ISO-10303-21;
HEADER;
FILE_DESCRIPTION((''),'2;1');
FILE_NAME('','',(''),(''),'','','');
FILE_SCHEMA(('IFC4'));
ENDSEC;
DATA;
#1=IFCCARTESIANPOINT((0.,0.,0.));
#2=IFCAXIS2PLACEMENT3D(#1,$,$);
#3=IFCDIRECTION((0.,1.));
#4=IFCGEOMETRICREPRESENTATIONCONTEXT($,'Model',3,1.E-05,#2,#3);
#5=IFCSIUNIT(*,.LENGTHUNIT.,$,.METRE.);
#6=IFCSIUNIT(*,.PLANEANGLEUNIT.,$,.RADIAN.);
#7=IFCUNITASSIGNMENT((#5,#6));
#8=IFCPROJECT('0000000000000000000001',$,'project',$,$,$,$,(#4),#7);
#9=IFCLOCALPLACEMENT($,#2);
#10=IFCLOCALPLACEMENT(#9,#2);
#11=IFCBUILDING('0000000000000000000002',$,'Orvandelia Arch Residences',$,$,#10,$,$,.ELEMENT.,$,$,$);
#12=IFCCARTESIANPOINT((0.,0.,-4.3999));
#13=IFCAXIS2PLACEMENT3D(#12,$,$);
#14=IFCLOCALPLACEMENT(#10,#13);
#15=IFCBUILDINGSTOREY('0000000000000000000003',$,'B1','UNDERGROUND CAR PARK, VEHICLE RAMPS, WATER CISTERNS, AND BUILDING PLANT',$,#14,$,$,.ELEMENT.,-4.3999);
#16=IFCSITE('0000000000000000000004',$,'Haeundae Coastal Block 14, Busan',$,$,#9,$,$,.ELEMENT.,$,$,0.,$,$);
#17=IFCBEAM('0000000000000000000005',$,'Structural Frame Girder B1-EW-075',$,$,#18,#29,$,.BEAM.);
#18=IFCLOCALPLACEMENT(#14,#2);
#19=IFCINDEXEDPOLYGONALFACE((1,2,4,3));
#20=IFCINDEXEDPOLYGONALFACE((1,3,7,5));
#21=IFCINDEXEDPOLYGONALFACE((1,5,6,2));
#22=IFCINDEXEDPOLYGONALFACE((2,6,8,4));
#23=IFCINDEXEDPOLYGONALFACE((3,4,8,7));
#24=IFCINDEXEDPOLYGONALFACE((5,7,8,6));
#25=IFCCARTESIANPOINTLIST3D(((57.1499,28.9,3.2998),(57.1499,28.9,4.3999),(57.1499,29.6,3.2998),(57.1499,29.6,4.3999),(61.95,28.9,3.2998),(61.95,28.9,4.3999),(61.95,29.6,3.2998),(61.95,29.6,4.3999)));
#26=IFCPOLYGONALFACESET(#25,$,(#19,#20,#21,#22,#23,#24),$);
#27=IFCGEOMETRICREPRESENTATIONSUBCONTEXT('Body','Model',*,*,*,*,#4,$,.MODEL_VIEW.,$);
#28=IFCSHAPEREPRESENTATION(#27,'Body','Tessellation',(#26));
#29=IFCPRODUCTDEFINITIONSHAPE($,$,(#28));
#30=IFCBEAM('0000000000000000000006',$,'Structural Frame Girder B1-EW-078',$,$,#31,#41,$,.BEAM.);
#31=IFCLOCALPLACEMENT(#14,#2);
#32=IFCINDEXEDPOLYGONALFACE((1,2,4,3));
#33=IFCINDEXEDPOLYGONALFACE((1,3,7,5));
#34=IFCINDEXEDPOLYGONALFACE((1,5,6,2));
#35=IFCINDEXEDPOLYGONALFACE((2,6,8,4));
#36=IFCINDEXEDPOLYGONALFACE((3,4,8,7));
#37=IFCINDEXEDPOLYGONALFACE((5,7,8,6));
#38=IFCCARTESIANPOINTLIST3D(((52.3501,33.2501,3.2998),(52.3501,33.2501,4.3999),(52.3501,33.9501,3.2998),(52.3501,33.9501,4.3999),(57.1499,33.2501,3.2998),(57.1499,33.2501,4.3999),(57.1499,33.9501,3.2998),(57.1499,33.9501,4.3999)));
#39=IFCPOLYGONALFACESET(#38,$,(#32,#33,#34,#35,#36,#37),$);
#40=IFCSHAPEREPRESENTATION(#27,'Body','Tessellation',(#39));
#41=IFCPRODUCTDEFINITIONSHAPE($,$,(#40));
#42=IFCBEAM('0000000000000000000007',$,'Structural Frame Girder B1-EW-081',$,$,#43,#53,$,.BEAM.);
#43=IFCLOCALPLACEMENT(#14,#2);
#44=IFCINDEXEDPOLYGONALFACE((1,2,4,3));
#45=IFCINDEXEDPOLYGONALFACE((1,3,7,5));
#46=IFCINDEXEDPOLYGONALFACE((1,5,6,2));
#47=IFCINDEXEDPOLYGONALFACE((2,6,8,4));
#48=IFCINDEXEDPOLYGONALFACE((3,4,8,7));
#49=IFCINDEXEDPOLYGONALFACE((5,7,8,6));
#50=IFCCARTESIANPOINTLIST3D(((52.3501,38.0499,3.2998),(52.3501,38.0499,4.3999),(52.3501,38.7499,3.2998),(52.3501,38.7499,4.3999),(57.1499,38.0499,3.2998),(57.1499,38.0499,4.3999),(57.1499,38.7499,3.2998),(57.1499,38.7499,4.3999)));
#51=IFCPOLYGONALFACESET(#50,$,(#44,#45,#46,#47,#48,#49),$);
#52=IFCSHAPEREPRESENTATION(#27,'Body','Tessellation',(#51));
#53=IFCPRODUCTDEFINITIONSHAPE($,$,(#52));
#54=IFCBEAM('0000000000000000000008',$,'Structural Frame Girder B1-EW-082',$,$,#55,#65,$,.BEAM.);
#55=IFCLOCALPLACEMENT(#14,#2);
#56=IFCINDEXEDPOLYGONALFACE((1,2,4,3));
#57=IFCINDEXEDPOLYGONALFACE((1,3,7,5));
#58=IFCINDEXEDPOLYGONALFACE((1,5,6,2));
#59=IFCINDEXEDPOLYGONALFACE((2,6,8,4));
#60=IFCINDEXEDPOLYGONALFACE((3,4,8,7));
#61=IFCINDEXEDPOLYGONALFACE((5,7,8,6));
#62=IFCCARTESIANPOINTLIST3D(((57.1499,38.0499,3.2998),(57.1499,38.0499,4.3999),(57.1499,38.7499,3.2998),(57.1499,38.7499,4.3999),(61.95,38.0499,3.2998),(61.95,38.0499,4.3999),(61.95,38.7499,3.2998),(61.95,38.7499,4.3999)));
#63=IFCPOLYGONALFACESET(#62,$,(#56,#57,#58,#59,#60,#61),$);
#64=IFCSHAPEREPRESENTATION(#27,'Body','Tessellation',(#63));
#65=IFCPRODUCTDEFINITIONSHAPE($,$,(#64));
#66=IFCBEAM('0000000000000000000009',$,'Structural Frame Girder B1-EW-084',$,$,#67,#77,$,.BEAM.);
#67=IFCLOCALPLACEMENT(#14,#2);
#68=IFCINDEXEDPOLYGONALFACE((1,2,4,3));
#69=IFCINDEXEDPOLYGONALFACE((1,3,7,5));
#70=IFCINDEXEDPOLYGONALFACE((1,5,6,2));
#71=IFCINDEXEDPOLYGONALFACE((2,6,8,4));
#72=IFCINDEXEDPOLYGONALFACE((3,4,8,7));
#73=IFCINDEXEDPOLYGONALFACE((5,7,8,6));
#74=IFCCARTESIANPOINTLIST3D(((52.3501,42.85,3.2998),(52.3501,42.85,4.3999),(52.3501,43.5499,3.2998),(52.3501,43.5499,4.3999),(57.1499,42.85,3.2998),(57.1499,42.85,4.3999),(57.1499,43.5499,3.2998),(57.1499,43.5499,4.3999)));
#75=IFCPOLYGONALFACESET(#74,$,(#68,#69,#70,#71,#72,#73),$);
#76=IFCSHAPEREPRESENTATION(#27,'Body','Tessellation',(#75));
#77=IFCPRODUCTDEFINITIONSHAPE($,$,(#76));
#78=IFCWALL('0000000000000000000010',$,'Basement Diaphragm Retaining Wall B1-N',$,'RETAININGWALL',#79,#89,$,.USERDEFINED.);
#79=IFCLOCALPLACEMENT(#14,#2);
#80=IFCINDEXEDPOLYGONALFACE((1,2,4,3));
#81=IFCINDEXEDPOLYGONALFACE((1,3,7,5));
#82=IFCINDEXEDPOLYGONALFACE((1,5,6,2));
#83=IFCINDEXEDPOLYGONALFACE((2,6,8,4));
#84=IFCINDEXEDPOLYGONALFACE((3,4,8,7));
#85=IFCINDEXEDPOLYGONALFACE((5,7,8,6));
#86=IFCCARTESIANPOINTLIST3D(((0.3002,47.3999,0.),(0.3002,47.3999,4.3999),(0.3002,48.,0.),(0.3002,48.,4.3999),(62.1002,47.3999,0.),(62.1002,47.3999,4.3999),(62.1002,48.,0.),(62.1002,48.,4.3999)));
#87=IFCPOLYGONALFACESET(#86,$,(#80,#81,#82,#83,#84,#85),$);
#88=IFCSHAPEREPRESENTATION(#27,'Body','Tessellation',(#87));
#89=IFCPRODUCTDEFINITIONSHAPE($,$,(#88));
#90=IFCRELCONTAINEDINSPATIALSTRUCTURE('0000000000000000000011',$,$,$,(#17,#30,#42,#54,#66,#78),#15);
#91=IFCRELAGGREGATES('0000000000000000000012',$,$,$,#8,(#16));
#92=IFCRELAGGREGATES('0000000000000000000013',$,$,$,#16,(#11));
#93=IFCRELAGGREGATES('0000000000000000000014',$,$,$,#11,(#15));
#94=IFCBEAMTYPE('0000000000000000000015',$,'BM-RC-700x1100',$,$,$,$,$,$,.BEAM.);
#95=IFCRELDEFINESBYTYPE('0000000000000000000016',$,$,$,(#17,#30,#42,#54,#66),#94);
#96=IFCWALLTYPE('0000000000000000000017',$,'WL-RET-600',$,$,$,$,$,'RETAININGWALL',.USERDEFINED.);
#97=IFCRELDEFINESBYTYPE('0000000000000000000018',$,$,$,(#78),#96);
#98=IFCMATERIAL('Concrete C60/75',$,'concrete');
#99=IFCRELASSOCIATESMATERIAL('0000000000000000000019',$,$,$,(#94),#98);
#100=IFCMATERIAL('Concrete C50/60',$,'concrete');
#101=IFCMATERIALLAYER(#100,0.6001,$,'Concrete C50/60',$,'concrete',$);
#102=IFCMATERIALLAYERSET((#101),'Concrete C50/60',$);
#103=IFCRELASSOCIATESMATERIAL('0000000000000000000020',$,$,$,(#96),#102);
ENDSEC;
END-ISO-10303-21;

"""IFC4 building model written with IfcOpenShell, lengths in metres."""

from ifc_helpers import new_model, si_unit, direction, frame, frame_2d, origin, origin_2d, place, context, subcontext, project, spatial, rectangle, extrude, material, layer, layer_set, material_profile, profile_set, type_object, element, save


model = new_model("IFC4")

# Units and contexts
model_context = context("Model", 3, precision=1e-05, world=origin(), true_north=direction((0.0, 1.0)))
body_context = subcontext(model_context, "Body", "Model", "MODEL_VIEW")
ifc_project = project(units=[si_unit("LENGTHUNIT", "METRE"), si_unit("PLANEANGLEUNIT", "RADIAN")], contexts=[model_context])

# Site, building, storey
site_placement = place(None, origin())
site = spatial("IfcSite", under=ifc_project, at=site_placement, Name="Haeundae Coastal Block 14, Busan", CompositionType="ELEMENT", RefElevation=0.0)
building_placement = place(site_placement, origin())
building = spatial("IfcBuilding", under=site, at=building_placement, Name="Orvandelia Arch Residences", CompositionType="ELEMENT")
storey_placement = place(building_placement, frame((0.0, 0.0, -4.3999)))
storey = spatial("IfcBuildingStorey", under=building, at=storey_placement, Name="B1", Description="UNDERGROUND CAR PARK, VEHICLE RAMPS, WATER CISTERNS, AND BUILDING PLANT", CompositionType="ELEMENT", Elevation=-4.3999)

# Shared definitions
ifc_material_1 = material(Name="Concrete C50/60", Category="concrete")
ifc_material_2 = material(Name="Concrete C60/75", Category="concrete")

# Beams
ifc_material_profile_1 = material_profile(ifc_material_2, rectangle(XDim=0.7, YDim=1.1001, at=origin_2d()), Name="Concrete C60/75", Category="concrete")
ifc_profile_set_1 = profile_set([ifc_material_profile_1], Name="Concrete C60/75")
beam_type_1 = type_object("IfcBeamType", Name="BM-RC-700x1100", PredefinedType="BEAM", material=ifc_profile_set_1)
beam_1_placement = place(storey_placement, frame((57.1499, 29.25, 3.8499), z_axis=(1.0, 0.0, 0.0), x_axis=(0.0, 1.0, 0.0)))
element("IfcBeam", 1, at=beam_1_placement, inside=storey, type_object=beam_type_1, Name="Structural Frame Girder B1-EW-075", PredefinedType="BEAM", context=body_context, shape_type="SweptSolid", body=[
    extrude(rectangle(XDim=0.7, YDim=1.1001, at=origin_2d()), origin(), (0.0, 0.0, 1.0), 4.8),
])
for number, where, z_axis, x_axis, name in (
    (2, (52.3501, 33.6001, 3.8499), (1.0, 0.0, 0.0), (0.0, 1.0, 0.0), "Structural Frame Girder B1-EW-078"),
    (3, (52.3501, 38.3999, 3.8499), (1.0, 0.0, 0.0), (0.0, 1.0, 0.0), "Structural Frame Girder B1-EW-081"),
):
    element("IfcBeam", number, at=place(storey_placement, frame(where, z_axis=z_axis, x_axis=x_axis)), inside=storey, type_object=beam_type_1, Name=name, PredefinedType="BEAM", context=body_context, shape_type="SweptSolid", body=[
        extrude(rectangle(XDim=0.7, YDim=1.1001, at=origin_2d()), origin(), (0.0, 0.0, 1.0), 4.7998),
    ])
beam_2_placement = place(storey_placement, frame((57.1499, 38.3999, 3.8499), z_axis=(1.0, 0.0, 0.0), x_axis=(0.0, 1.0, 0.0)))
element("IfcBeam", 4, at=beam_2_placement, inside=storey, type_object=beam_type_1, Name="Structural Frame Girder B1-EW-082", PredefinedType="BEAM", context=body_context, shape_type="SweptSolid", body=[
    extrude(rectangle(XDim=0.7, YDim=1.1001, at=origin_2d()), origin(), (0.0, 0.0, 1.0), 4.8),
])
beam_3_placement = place(storey_placement, frame((52.3501, 43.2, 3.8499), z_axis=(1.0, 0.0, 0.0), x_axis=(0.0, 1.0, 0.0)))
element("IfcBeam", 5, at=beam_3_placement, inside=storey, type_object=beam_type_1, Name="Structural Frame Girder B1-EW-084", PredefinedType="BEAM", context=body_context, shape_type="SweptSolid", body=[
    extrude(rectangle(XDim=0.7, YDim=1.1001, at=origin_2d()), origin(), (0.0, 0.0, 1.0), 4.7998),
])

# Wall
ifc_layer = layer(ifc_material_1, 0.6001, Name="Concrete C50/60", Category="concrete")
ifc_layer_set = layer_set([ifc_layer], Name="Concrete C50/60")
wall_type = type_object("IfcWallType", Name="WL-RET-600", ElementType="RETAININGWALL", PredefinedType="USERDEFINED", material=ifc_layer_set)
wall_placement = place(storey_placement, frame((62.1001, 47.7, 0.0), z_axis=(0.0, 0.0, 1.0), x_axis=(-1.0, 0.0, 0.0)))
element("IfcWall", 6, at=wall_placement, inside=storey, type_object=wall_type, Name="Basement Diaphragm Retaining Wall B1-N", ObjectType="RETAININGWALL", PredefinedType="USERDEFINED", context=body_context, shape_type="SweptSolid", body=[
    extrude(rectangle(XDim=61.8, YDim=0.6001, at=frame_2d((30.8999, 0.0))), origin(), (0.0, 0.0, 1.0), 4.3999),
])

save(model, "model.ifc")
